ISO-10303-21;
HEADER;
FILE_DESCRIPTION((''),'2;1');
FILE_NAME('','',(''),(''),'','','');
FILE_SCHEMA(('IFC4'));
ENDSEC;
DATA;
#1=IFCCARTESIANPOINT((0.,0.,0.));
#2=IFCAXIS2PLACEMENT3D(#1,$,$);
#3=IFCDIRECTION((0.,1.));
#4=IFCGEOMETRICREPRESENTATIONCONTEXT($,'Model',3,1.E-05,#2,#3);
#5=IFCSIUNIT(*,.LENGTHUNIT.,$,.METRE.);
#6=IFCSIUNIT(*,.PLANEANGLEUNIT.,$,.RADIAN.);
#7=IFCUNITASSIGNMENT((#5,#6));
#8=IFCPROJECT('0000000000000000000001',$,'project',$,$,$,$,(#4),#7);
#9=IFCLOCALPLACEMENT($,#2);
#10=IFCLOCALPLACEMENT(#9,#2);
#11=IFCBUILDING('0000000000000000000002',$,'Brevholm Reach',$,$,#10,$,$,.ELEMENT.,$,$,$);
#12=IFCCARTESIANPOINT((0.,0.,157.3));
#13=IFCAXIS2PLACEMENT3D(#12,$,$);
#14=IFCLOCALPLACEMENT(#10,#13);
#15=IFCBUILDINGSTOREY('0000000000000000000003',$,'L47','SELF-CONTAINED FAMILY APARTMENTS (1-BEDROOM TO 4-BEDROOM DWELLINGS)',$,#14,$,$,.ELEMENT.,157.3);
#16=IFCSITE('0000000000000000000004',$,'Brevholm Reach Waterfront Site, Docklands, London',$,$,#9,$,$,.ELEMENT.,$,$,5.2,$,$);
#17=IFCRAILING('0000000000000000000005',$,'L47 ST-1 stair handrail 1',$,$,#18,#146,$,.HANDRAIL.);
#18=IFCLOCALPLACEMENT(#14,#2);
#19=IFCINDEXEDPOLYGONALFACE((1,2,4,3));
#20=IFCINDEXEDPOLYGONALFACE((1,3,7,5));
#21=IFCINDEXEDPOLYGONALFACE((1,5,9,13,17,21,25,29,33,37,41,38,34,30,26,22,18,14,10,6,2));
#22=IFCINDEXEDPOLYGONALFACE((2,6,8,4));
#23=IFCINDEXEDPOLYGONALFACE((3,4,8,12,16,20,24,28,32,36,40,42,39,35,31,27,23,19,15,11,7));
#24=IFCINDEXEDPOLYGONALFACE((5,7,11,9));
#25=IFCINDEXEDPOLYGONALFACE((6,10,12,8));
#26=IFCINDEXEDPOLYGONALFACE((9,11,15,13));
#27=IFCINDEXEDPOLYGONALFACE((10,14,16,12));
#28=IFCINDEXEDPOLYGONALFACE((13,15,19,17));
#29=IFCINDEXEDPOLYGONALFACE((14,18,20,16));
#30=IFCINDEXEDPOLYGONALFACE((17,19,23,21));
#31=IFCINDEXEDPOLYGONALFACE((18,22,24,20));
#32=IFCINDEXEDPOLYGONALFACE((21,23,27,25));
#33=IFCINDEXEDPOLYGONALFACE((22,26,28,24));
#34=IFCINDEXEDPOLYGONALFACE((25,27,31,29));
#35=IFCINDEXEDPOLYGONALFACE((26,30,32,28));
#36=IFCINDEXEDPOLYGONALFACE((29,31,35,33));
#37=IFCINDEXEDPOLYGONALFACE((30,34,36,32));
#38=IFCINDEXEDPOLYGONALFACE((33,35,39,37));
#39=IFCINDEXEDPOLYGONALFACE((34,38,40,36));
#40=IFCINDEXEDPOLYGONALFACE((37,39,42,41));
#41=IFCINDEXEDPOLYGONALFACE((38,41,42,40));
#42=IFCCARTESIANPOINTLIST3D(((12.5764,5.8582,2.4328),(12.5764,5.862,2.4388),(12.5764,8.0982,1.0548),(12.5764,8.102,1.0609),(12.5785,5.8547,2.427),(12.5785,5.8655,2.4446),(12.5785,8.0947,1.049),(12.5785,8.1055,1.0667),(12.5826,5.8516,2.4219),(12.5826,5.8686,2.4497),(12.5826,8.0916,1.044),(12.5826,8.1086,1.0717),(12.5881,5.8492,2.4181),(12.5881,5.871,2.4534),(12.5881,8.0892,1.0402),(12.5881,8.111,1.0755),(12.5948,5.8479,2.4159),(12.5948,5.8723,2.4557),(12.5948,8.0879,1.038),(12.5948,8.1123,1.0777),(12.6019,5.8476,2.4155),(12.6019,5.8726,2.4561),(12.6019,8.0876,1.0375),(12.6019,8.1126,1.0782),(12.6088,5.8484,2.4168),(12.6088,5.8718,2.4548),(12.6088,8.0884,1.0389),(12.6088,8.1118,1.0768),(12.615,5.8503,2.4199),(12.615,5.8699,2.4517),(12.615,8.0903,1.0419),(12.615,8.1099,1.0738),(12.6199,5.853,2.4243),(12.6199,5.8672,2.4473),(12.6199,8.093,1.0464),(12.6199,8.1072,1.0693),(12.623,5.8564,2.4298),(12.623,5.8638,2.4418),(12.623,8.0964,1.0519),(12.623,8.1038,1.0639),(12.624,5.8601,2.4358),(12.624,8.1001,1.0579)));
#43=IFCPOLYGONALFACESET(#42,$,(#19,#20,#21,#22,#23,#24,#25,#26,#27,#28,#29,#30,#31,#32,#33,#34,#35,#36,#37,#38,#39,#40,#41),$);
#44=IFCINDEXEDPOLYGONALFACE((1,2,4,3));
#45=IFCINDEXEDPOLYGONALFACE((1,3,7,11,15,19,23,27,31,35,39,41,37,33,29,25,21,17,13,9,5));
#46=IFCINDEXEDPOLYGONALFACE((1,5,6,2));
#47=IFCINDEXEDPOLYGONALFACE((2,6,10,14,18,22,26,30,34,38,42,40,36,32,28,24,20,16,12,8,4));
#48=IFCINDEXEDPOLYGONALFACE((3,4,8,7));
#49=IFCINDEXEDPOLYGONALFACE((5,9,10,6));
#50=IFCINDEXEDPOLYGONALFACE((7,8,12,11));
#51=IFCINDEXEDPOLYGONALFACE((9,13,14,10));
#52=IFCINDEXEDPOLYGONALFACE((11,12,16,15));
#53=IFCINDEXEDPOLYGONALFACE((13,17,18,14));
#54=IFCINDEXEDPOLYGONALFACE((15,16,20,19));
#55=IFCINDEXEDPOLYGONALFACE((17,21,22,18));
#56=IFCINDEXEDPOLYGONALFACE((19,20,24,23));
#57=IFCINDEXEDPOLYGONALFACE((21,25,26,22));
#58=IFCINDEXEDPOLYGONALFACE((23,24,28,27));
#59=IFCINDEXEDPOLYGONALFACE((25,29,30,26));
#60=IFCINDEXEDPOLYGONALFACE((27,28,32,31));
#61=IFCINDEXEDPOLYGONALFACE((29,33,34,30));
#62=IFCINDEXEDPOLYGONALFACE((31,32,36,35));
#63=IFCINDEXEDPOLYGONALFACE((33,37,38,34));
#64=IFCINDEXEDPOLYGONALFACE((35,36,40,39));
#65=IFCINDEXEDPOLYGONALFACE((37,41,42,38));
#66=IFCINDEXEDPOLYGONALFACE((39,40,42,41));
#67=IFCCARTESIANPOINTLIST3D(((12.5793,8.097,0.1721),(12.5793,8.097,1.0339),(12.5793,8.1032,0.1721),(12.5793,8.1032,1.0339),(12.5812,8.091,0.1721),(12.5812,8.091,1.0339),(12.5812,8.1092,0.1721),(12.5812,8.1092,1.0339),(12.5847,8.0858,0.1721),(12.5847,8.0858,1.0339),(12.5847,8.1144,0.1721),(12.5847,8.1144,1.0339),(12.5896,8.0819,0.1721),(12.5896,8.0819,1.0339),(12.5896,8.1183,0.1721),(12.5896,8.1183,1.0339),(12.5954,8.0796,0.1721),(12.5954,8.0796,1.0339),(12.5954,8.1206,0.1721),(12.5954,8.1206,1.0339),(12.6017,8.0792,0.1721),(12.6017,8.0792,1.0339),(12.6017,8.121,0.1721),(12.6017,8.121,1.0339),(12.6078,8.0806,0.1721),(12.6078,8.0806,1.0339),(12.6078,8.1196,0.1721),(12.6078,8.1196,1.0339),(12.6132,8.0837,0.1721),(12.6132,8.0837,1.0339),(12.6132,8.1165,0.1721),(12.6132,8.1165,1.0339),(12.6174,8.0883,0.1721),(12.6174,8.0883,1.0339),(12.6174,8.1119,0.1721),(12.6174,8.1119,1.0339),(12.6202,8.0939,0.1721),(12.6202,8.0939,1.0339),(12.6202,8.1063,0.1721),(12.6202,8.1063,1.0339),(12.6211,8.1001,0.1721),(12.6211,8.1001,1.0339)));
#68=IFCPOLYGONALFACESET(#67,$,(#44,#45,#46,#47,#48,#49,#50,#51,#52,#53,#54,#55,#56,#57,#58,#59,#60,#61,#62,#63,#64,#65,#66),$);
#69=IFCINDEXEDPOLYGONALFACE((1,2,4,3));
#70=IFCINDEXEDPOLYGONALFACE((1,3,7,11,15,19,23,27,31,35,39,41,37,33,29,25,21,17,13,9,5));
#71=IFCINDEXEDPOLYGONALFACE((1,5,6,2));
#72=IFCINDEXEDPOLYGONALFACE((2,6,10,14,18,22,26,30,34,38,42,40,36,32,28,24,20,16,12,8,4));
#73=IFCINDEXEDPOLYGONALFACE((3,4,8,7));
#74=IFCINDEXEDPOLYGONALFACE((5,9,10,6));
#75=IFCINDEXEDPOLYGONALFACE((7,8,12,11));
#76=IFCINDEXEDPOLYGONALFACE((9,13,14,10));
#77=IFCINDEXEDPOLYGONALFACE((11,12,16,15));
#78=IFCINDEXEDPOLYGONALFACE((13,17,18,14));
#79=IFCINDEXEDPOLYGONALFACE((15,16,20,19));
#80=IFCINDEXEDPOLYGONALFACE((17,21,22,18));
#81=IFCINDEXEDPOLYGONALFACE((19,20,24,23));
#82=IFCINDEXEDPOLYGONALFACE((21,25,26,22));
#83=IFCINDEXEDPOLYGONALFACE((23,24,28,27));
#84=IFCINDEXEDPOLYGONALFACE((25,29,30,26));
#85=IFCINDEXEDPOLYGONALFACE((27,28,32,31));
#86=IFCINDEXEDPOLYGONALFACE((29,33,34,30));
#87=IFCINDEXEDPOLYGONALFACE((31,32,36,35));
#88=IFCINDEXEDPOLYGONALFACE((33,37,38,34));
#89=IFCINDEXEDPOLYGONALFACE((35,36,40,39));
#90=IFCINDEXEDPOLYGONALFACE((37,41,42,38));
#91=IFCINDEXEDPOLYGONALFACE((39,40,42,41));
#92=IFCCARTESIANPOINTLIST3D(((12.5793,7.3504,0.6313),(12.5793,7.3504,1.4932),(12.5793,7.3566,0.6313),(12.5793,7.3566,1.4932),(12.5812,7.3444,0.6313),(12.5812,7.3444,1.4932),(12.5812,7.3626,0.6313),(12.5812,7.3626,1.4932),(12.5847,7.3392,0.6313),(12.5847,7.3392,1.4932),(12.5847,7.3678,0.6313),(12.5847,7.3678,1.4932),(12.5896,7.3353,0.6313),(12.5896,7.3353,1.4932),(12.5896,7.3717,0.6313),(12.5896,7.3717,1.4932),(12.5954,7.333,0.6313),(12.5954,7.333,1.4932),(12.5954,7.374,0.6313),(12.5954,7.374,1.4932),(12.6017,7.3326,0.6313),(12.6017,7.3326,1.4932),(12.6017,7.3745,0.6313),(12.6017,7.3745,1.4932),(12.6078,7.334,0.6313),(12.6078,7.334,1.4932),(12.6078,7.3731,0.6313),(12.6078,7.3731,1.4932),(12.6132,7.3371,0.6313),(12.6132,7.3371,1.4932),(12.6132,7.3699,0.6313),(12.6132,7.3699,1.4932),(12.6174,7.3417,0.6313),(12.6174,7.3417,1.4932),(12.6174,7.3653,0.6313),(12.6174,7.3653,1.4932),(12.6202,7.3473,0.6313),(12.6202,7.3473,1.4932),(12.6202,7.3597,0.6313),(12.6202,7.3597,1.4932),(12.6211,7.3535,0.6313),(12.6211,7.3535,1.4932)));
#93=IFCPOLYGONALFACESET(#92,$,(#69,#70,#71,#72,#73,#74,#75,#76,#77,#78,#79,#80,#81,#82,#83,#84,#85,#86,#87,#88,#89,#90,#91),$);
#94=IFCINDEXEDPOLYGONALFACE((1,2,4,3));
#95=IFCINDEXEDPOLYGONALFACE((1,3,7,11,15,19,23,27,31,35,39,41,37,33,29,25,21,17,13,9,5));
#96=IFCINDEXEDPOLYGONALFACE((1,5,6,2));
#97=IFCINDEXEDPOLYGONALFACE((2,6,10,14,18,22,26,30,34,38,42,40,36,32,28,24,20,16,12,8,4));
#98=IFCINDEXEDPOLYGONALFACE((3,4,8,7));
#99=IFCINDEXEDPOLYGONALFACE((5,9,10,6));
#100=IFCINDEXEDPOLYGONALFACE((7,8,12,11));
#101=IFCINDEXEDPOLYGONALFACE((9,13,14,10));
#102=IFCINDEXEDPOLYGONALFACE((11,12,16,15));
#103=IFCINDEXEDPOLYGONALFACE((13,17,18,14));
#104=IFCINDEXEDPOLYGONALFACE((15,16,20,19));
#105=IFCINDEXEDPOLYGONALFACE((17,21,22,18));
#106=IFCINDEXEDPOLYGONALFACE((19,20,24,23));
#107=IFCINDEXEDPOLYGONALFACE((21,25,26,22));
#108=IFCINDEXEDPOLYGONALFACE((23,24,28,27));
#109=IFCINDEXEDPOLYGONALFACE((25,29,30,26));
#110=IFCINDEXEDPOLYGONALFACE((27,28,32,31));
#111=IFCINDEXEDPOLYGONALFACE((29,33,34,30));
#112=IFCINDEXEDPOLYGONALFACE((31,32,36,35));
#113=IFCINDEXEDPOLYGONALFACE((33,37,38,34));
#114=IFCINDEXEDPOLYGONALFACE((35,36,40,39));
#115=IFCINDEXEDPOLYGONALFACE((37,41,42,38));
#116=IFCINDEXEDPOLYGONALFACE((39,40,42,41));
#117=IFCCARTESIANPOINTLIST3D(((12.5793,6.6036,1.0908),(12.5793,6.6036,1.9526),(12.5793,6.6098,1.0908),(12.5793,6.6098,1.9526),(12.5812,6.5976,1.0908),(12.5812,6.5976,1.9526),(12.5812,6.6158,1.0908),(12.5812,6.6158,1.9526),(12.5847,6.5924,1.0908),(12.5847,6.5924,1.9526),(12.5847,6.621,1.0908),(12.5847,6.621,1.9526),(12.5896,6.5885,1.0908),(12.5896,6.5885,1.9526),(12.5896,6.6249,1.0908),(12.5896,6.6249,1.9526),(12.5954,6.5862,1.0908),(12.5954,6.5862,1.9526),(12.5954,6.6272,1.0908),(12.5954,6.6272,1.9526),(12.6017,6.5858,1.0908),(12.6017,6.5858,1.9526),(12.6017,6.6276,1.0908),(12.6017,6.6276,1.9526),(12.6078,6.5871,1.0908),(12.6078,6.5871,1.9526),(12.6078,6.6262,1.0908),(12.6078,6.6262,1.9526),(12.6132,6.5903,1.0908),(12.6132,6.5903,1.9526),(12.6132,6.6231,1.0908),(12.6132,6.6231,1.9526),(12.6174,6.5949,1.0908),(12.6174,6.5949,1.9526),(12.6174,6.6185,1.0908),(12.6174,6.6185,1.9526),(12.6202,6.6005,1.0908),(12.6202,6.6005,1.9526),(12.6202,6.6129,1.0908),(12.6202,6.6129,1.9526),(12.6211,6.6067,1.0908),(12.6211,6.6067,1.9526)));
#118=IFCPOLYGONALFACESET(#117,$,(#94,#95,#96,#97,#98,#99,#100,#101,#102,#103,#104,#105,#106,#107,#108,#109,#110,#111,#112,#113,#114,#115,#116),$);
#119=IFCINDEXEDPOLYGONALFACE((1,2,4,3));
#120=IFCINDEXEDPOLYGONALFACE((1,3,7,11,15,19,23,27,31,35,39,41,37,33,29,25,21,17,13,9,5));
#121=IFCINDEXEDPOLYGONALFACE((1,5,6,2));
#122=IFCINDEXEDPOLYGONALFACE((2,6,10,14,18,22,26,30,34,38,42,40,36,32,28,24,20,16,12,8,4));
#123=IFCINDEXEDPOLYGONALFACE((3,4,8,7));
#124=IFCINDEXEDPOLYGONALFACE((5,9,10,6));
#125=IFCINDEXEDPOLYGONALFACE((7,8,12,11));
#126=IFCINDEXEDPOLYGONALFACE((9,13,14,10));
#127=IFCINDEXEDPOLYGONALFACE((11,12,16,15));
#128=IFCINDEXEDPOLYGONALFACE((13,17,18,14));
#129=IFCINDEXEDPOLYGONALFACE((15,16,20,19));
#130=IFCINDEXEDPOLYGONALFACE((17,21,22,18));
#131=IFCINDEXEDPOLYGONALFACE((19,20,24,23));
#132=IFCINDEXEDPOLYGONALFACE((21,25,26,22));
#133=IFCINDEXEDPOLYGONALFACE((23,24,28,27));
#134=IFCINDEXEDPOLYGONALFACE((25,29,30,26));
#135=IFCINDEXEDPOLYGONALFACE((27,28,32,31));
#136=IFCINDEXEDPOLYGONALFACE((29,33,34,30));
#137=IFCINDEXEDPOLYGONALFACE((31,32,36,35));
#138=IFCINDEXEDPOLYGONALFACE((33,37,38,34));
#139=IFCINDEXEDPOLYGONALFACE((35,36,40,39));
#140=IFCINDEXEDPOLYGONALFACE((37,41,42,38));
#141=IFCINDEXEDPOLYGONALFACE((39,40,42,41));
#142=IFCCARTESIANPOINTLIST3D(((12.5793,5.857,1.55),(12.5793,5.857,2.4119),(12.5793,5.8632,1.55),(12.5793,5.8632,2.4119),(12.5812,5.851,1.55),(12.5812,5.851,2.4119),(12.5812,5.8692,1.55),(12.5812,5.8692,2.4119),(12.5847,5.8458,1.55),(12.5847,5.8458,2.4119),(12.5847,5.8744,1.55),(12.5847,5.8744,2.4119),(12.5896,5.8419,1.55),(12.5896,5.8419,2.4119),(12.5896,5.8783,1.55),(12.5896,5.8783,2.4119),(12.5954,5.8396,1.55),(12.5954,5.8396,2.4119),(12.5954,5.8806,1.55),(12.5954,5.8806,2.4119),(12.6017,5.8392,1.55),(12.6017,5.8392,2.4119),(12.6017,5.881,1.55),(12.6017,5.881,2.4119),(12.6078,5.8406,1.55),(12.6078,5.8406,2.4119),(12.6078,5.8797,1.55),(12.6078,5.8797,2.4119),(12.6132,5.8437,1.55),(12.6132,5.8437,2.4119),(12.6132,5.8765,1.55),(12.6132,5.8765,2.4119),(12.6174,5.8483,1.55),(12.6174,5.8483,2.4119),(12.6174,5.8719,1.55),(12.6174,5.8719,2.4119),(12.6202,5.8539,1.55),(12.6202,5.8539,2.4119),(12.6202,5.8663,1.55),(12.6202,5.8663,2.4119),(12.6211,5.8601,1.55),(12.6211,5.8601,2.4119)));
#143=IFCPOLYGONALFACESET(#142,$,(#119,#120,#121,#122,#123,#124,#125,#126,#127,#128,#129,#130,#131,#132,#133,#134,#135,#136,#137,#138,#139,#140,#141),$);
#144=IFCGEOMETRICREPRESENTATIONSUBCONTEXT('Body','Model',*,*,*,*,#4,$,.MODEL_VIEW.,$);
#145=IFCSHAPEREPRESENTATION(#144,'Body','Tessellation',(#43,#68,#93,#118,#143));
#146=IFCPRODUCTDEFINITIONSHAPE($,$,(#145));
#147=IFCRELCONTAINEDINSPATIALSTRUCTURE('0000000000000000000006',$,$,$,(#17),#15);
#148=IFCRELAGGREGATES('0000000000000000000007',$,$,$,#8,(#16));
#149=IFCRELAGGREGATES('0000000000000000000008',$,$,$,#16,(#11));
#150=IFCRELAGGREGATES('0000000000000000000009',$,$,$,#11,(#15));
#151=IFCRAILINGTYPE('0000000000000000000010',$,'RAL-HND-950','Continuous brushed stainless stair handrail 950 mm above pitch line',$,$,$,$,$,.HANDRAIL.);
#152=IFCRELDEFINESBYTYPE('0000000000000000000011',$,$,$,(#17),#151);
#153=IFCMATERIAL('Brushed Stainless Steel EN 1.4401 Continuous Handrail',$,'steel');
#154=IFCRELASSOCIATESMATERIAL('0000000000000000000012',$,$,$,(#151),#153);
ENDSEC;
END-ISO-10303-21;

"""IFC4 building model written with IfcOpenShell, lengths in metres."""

from ifc_helpers import new_model, si_unit, direction, frame, origin, origin_2d, place, context, subcontext, project, spatial, circle, extrude, material, type_object, element, save


model = new_model("IFC4")

# Units and contexts
model_context = context("Model", 3, precision=1e-05, world=origin(), true_north=direction((0.0, 1.0)))
body_context = subcontext(model_context, "Body", "Model", "MODEL_VIEW")
ifc_project = project(units=[si_unit("LENGTHUNIT", "METRE"), si_unit("PLANEANGLEUNIT", "RADIAN")], contexts=[model_context])

# Site, building, storey
site_placement = place(None, origin())
site = spatial("IfcSite", under=ifc_project, at=site_placement, Name="Brevholm Reach Waterfront Site, Docklands, London", CompositionType="ELEMENT", RefElevation=5.2)
building_placement = place(site_placement, origin())
building = spatial("IfcBuilding", under=site, at=building_placement, Name="Brevholm Reach", CompositionType="ELEMENT")
storey_placement = place(building_placement, frame((0.0, 0.0, 157.3)))
storey = spatial("IfcBuildingStorey", under=building, at=storey_placement, Name="L47", Description="SELF-CONTAINED FAMILY APARTMENTS (1-BEDROOM TO 4-BEDROOM DWELLINGS)", CompositionType="ELEMENT", Elevation=157.3)

# Railing
ifc_material_1 = material(Name="Brushed Stainless Steel EN 1.4401 Continuous Handrail", Category="steel")
railing_type_1 = type_object("IfcRailingType", Name="RAL-HND-950", Description="Continuous brushed stainless stair handrail 950 mm above pitch line", PredefinedType="HANDRAIL", material=ifc_material_1)
railing_1_placement = place(storey_placement, frame((12.6001, 8.1001, 0.1721)))
element("IfcRailing", 1, at=railing_1_placement, inside=storey, type_object=railing_type_1, Name="L47 ST-1 stair handrail 1", PredefinedType="HANDRAIL", context=body_context, shape_type="SweptSolid", body=[
    extrude(circle(Radius=0.0239, at=origin_2d()), frame((0.0, 0.0, 0.8857), z_axis=(0.0, -0.851748, 0.523952), x_axis=(1.0, 0.0, 0.0)), (0.0, 0.0, 1.0), 2.6299),
    extrude(circle(Radius=0.021, at=origin_2d()), origin(), (0.0, 0.0, 1.0), 0.8618),
    extrude(circle(Radius=0.021, at=origin_2d()), frame((0.0, -0.7466, 0.4592)), (0.0, 0.0, 1.0), 0.8618),
    extrude(circle(Radius=0.021, at=origin_2d()), frame((0.0, -1.4934, 0.9187)), (0.0, 0.0, 1.0), 0.8618),
    extrude(circle(Radius=0.021, at=origin_2d()), frame((0.0, -2.24, 1.3779)), (0.0, 0.0, 1.0), 0.8618),
])

save(model, "model.ifc")
